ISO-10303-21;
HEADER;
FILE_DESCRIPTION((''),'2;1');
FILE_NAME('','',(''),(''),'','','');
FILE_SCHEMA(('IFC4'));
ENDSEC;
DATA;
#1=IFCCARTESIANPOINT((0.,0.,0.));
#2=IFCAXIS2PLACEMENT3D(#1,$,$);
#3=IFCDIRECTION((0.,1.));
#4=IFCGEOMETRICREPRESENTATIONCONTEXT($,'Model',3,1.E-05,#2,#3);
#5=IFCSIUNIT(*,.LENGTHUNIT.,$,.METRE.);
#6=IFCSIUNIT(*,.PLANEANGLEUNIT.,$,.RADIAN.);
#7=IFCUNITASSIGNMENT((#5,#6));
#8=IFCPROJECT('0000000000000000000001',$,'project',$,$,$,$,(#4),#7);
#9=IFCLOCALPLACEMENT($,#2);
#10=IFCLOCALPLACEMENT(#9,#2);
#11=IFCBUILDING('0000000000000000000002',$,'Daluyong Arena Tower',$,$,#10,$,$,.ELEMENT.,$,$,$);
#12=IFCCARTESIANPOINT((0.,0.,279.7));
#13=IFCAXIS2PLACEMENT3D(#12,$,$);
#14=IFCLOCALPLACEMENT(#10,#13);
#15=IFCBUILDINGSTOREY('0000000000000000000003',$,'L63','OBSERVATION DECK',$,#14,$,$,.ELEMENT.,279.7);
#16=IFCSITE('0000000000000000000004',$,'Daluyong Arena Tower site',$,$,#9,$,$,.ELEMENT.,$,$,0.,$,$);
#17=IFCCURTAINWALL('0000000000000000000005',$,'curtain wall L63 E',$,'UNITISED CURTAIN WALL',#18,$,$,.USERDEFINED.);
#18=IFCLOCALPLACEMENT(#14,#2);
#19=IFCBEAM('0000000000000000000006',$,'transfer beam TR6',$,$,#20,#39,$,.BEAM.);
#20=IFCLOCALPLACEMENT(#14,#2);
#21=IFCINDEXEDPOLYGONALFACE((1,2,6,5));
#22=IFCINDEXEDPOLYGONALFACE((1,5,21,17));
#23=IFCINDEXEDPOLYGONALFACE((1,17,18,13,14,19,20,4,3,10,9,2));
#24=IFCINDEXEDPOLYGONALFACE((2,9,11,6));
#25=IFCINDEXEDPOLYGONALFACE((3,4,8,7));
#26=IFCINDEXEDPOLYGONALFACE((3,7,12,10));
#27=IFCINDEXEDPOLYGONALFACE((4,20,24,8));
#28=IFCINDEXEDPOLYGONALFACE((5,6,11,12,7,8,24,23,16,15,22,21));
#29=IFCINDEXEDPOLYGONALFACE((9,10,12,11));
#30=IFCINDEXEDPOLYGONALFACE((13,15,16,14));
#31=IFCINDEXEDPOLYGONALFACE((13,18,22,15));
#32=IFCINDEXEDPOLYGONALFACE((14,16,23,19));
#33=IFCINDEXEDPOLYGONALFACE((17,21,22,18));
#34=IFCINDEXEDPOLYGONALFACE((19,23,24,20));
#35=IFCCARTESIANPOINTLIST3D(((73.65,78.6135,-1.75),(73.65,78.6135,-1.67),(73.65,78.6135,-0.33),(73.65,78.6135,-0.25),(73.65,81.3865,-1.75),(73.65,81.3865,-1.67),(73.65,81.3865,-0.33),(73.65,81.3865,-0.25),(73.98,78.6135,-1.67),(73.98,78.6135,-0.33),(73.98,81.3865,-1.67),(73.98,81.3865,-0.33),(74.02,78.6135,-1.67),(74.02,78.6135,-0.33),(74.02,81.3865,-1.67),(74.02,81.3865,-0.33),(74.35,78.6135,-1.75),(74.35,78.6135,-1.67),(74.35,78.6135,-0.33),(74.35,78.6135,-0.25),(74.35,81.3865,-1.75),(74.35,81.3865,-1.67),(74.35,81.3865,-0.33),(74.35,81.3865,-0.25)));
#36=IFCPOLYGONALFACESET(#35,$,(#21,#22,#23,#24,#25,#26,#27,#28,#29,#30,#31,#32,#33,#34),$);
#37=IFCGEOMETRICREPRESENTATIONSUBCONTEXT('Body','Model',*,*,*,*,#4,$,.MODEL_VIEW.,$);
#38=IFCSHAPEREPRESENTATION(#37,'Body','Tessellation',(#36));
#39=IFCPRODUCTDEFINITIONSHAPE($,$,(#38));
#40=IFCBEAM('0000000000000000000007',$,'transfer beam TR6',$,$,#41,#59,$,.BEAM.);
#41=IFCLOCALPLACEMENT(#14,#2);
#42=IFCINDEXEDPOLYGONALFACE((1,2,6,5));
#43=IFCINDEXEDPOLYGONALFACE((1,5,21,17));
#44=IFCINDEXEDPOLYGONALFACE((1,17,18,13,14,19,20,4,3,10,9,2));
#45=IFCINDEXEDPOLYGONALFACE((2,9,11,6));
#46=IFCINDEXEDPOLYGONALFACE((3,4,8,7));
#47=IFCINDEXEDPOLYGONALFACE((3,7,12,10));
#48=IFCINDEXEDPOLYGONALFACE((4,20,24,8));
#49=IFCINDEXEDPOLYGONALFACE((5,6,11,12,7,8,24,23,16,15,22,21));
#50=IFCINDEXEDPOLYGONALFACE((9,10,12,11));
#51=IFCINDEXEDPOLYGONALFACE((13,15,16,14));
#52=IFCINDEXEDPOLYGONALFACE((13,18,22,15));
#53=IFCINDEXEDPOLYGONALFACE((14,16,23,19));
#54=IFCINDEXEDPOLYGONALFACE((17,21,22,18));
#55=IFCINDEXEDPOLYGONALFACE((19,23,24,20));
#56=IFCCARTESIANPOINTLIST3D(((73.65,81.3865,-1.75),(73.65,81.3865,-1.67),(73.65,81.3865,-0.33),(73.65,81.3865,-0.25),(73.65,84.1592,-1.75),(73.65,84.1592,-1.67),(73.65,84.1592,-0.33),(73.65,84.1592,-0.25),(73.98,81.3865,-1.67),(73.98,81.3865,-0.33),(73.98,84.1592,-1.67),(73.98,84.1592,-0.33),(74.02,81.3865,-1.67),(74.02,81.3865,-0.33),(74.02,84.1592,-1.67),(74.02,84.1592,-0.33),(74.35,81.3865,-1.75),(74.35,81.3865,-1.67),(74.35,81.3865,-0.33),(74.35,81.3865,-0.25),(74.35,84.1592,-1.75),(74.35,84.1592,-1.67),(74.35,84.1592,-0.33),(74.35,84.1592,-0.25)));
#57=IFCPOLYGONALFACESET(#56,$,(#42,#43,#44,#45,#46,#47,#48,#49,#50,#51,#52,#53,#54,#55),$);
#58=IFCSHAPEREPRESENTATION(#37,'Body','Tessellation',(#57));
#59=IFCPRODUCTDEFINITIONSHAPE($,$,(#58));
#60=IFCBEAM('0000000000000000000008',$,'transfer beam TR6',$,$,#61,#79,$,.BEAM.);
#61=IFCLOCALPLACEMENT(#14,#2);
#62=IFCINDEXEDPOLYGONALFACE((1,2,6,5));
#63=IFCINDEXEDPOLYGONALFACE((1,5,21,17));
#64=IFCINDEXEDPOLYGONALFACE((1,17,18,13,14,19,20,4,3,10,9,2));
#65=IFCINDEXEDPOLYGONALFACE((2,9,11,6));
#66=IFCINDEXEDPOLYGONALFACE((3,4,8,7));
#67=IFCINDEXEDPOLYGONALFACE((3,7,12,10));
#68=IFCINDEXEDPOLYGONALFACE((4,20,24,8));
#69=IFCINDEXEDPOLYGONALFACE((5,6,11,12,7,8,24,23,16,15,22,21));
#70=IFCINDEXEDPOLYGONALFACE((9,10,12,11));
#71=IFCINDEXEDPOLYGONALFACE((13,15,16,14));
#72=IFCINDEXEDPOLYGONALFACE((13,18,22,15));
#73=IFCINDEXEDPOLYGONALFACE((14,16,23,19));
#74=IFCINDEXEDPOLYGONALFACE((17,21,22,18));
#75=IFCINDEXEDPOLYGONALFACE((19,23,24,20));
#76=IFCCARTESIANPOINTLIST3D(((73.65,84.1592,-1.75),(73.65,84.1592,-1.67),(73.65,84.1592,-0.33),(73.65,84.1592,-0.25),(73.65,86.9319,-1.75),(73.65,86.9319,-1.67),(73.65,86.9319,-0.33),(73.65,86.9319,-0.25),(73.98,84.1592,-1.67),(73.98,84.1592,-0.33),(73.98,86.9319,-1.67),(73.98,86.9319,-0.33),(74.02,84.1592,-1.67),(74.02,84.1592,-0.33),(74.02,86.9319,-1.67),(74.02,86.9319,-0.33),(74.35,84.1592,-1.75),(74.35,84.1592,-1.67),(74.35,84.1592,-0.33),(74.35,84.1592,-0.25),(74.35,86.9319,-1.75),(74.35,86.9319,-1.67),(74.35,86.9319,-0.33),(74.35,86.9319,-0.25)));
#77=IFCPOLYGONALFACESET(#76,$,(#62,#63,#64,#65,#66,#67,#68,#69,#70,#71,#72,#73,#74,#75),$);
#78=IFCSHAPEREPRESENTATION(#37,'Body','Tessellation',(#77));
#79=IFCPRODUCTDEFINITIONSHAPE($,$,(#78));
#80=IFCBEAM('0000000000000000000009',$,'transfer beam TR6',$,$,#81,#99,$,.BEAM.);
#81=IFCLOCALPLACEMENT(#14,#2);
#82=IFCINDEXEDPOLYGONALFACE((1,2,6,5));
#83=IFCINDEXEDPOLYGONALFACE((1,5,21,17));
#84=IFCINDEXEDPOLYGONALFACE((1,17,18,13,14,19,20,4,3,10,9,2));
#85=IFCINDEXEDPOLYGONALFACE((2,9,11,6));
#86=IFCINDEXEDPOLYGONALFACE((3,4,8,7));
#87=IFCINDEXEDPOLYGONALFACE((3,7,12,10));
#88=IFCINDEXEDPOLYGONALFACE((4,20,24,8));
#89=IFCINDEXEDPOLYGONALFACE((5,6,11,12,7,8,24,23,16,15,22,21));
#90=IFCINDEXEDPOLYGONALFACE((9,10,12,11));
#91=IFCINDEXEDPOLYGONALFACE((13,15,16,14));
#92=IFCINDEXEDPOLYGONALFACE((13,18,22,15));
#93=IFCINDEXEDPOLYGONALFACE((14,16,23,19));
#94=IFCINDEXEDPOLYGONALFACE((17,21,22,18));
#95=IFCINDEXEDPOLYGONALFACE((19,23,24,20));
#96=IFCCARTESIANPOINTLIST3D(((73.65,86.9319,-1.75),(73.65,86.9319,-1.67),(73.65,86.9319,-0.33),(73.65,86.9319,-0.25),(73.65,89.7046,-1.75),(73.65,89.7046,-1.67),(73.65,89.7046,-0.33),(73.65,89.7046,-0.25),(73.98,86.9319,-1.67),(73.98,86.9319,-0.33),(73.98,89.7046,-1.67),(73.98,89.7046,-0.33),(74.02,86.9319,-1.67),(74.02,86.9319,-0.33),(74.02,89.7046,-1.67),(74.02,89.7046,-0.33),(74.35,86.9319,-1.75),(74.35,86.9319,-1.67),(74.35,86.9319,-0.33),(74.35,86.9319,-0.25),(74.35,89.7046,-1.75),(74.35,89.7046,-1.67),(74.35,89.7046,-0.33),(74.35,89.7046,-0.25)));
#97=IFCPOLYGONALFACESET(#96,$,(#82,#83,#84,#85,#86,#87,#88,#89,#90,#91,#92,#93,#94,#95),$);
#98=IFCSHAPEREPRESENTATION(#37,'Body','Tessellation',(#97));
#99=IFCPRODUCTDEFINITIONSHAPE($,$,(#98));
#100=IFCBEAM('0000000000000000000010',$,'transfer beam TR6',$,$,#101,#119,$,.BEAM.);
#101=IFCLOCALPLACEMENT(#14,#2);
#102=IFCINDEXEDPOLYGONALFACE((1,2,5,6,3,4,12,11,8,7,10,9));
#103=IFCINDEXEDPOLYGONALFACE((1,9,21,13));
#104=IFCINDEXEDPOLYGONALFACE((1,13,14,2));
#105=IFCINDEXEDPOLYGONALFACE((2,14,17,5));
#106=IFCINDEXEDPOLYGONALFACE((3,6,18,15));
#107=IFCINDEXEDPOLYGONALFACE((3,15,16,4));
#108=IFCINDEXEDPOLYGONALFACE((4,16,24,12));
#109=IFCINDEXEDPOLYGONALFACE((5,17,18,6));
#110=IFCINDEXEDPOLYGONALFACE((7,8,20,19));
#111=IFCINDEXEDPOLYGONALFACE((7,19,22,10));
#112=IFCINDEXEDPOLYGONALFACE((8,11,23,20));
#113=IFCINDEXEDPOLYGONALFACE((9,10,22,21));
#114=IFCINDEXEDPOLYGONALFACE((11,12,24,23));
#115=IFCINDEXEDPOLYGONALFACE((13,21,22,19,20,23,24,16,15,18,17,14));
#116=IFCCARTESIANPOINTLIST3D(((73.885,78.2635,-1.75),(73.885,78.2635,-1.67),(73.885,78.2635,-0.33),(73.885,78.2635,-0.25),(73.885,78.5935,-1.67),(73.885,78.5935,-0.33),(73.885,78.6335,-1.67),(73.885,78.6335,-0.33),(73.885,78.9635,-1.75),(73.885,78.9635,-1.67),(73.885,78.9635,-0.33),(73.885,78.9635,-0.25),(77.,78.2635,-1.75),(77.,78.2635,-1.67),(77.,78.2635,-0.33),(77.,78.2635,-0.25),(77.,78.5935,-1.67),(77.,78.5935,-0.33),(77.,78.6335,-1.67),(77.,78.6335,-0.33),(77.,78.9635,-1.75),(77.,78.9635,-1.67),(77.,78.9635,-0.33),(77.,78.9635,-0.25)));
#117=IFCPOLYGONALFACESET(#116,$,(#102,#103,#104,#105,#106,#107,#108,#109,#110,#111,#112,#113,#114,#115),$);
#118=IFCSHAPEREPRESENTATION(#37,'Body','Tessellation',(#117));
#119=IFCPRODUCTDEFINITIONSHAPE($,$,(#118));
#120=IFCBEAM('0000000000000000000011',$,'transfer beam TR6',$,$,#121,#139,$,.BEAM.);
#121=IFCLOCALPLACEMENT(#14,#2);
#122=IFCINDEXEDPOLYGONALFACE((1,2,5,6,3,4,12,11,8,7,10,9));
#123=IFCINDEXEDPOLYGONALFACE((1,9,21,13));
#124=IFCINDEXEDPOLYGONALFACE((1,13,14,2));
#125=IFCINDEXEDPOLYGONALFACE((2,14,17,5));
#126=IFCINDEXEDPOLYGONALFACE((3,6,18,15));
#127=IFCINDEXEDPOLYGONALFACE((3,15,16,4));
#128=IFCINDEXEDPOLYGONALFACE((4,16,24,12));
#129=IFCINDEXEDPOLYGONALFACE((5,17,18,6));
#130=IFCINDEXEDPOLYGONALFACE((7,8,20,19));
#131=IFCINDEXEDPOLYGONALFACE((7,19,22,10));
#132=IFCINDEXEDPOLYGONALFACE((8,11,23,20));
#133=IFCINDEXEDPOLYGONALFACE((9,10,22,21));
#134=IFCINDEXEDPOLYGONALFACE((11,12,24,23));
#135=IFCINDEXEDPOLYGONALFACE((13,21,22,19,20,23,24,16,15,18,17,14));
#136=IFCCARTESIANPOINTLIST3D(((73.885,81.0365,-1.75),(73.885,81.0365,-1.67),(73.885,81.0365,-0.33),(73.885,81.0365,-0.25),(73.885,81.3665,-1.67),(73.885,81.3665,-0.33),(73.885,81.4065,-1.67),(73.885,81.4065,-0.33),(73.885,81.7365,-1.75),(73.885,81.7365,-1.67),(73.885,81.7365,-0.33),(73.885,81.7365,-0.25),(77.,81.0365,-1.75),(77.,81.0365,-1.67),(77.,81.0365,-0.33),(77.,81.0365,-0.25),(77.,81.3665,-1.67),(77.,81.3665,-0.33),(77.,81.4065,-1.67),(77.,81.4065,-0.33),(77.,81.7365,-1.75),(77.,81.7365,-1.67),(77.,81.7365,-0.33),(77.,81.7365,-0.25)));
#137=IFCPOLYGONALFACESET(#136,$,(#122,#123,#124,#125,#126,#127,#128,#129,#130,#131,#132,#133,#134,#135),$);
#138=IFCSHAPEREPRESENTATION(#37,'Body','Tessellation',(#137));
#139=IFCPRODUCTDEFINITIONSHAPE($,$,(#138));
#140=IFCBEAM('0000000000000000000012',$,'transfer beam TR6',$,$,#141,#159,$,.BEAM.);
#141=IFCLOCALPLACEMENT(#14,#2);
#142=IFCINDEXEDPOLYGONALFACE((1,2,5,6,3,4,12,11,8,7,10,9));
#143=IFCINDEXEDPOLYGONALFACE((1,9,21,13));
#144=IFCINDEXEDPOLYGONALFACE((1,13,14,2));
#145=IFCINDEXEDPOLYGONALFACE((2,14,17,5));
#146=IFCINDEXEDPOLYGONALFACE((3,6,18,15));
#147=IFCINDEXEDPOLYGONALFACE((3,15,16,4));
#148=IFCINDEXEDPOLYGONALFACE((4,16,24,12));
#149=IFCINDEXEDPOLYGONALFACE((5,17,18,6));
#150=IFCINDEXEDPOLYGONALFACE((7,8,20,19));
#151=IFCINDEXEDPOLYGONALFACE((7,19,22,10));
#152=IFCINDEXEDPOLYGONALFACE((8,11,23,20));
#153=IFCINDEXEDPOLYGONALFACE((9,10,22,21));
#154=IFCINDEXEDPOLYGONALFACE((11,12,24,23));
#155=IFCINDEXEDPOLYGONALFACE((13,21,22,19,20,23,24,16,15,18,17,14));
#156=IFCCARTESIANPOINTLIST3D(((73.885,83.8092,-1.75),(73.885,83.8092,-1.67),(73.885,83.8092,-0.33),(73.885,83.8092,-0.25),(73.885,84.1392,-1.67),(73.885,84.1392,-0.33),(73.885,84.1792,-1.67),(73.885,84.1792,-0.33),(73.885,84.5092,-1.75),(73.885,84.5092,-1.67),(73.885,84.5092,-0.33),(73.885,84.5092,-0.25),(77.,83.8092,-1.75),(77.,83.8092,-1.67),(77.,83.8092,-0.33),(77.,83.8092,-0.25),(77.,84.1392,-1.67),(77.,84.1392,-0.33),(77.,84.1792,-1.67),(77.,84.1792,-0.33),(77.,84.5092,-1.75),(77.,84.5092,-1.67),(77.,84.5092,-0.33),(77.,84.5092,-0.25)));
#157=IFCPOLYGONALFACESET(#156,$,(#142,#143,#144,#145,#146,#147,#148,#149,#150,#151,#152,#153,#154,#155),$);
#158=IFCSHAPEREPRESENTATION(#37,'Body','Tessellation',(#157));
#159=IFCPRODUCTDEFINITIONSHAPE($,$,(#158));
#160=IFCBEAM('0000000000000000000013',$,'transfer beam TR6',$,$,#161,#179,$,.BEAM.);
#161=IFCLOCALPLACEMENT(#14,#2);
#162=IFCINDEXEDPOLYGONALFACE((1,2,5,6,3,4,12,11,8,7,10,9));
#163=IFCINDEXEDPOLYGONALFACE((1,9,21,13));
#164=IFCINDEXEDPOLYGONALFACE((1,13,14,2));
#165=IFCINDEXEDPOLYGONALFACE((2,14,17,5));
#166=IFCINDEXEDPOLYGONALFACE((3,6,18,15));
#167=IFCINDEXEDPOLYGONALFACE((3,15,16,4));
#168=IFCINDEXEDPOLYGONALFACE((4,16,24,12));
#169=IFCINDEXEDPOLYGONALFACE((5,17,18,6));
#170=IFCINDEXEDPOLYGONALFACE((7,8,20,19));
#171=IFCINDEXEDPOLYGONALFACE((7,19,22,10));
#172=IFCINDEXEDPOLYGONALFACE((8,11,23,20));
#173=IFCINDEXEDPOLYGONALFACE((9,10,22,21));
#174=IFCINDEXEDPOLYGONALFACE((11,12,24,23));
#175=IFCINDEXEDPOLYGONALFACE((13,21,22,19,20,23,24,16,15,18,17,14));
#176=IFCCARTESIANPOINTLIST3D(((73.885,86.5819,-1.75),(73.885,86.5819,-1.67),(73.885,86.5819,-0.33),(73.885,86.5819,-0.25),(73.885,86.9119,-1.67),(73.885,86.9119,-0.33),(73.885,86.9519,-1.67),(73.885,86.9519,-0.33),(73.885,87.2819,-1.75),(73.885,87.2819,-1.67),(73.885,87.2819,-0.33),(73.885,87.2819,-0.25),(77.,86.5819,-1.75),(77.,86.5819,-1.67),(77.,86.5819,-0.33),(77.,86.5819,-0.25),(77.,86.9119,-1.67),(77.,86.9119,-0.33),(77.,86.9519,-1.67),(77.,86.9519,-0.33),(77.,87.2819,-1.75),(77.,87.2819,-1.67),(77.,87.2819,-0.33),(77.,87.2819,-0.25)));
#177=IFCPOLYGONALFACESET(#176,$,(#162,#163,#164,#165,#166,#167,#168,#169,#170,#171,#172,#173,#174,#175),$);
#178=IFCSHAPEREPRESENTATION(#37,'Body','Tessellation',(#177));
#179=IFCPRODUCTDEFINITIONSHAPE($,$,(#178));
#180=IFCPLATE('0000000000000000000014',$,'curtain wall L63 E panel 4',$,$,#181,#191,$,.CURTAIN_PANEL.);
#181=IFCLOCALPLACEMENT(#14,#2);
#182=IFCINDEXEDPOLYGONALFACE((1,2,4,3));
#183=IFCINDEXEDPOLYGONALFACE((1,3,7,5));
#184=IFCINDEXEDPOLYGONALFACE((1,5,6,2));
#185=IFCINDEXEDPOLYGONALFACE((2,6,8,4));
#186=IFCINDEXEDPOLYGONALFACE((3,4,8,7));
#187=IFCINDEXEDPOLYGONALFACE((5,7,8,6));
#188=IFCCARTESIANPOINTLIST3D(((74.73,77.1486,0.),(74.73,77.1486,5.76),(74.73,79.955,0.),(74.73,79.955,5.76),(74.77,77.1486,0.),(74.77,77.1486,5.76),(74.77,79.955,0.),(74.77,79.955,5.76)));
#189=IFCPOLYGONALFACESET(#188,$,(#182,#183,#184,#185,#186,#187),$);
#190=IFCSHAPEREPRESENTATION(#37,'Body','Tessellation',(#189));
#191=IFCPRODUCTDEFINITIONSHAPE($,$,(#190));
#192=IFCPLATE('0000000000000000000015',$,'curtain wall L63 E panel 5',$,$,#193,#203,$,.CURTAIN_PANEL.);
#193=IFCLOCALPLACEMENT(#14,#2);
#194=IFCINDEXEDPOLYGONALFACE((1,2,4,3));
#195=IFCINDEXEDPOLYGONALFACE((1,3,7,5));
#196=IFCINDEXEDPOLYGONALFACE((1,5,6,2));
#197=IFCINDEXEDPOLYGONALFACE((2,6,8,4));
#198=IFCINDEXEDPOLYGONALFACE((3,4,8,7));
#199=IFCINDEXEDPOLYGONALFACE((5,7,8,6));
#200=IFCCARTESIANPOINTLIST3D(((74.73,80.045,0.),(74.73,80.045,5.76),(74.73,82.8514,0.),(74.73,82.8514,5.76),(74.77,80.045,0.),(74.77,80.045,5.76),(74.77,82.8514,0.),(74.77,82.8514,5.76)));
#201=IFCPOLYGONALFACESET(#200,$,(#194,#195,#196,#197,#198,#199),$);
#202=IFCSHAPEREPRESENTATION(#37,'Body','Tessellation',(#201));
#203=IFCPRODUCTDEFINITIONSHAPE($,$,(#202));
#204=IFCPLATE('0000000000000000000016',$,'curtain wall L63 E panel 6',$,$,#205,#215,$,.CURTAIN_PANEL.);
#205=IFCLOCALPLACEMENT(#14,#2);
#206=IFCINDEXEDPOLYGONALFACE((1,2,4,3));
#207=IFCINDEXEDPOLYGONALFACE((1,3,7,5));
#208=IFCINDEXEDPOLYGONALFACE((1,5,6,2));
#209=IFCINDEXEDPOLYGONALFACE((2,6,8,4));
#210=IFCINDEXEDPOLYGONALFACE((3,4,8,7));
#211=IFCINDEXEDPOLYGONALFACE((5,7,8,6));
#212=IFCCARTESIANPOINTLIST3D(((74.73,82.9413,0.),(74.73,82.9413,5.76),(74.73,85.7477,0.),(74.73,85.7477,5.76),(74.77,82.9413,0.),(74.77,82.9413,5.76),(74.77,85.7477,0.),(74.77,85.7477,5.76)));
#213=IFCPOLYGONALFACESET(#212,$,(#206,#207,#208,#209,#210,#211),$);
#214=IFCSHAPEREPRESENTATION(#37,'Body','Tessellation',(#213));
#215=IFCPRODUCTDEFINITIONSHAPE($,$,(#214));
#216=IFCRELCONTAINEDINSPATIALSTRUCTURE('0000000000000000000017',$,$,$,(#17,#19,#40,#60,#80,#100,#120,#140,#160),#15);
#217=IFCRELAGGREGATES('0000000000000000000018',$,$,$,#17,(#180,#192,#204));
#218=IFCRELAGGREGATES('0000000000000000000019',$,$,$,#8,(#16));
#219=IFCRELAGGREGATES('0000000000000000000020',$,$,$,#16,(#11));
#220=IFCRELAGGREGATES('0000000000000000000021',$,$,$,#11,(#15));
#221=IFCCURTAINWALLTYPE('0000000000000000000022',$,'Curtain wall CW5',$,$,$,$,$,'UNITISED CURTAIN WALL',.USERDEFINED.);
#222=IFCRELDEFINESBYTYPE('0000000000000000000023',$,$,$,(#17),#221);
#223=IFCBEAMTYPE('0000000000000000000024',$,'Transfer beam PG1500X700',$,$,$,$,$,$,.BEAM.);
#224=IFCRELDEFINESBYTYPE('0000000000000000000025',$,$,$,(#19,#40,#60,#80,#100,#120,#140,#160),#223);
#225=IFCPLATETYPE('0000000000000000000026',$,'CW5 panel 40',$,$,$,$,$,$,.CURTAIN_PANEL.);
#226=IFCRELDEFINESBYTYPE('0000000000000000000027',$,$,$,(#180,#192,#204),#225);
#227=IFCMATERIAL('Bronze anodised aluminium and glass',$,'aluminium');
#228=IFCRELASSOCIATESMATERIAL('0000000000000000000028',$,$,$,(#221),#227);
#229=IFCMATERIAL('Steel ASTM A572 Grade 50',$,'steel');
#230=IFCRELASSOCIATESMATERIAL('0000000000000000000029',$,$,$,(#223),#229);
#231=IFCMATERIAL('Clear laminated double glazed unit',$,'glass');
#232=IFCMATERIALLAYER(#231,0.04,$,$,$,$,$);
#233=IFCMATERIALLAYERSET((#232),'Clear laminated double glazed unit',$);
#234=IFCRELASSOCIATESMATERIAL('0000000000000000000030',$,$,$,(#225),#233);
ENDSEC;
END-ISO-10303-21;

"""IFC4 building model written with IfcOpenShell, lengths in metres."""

from ifc_helpers import new_model, si_unit, direction, frame, origin, origin_2d, place, context, subcontext, project, spatial, rectangle, i_section, extrude, material, layer, layer_set, material_profile, profile_set, type_object, element, aggregate, save


model = new_model("IFC4")

# Units and contexts
model_context = context("Model", 3, precision=1e-05, world=origin(), true_north=direction((0.0, 1.0)))
body_context = subcontext(model_context, "Body", "Model", "MODEL_VIEW")
ifc_project = project(units=[si_unit("LENGTHUNIT", "METRE"), si_unit("PLANEANGLEUNIT", "RADIAN")], contexts=[model_context])

# Site, building, storey
site_placement = place(None, origin())
site = spatial("IfcSite", under=ifc_project, at=site_placement, Name="Daluyong Arena Tower site", CompositionType="ELEMENT", RefElevation=0.0)
building_placement = place(site_placement, origin())
building = spatial("IfcBuilding", under=site, at=building_placement, Name="Daluyong Arena Tower", CompositionType="ELEMENT")
storey_placement = place(building_placement, frame((0.0, 0.0, 279.7)))
storey = spatial("IfcBuildingStorey", under=building, at=storey_placement, Name="L63", Description="OBSERVATION DECK", CompositionType="ELEMENT", Elevation=279.7)

# Curtain wall
ifc_material_1 = material(Name="Bronze anodised aluminium and glass", Category="aluminium")
curtain_wall_type = type_object("IfcCurtainWallType", Name="Curtain wall CW5", ElementType="UNITISED CURTAIN WALL", PredefinedType="USERDEFINED", material=ifc_material_1)
curtain_wall_placement = place(storey_placement, origin())
curtain_wall = element("IfcCurtainWall", 1, at=curtain_wall_placement, inside=storey, type_object=curtain_wall_type, Name="curtain wall L63 E", ObjectType="UNITISED CURTAIN WALL", PredefinedType="USERDEFINED")

# Beams
ifc_material_2 = material(Name="Steel ASTM A572 Grade 50", Category="steel")
ifc_material_profile_1 = material_profile(ifc_material_2, i_section(OverallWidth=0.7, OverallDepth=1.5, WebThickness=0.04, FlangeThickness=0.08, at=origin_2d()))
ifc_profile_set_1 = profile_set([ifc_material_profile_1], Name="Steel ASTM A572 Grade 50")
beam_type_1 = type_object("IfcBeamType", Name="Transfer beam PG1500X700", PredefinedType="BEAM", material=ifc_profile_set_1)
beam_1_placement = place(storey_placement, frame((74.0, 78.6135, -1.0), z_axis=(0.0, 1.0, 0.0), x_axis=(-1.0, 0.0, 0.0)))
element("IfcBeam", 2, at=beam_1_placement, inside=storey, type_object=beam_type_1, Name="transfer beam TR6", PredefinedType="BEAM", context=body_context, shape_type="SweptSolid", body=[
    extrude(i_section(OverallWidth=0.7, OverallDepth=1.5, WebThickness=0.04, FlangeThickness=0.08, at=origin_2d()), origin(), (0.0, 0.0, 1.0), 2.7729),
])
for number, where, z_axis, x_axis, name in (
    (3, (74.0, 81.3865, -1.0), (0.0, 1.0, 0.0), (-1.0, 0.0, 0.0), "transfer beam TR6"),
    (4, (74.0, 84.1592, -1.0), (0.0, 1.0, 0.0), (-1.0, 0.0, 0.0), "transfer beam TR6"),
    (5, (74.0, 86.9319, -1.0), (0.0, 1.0, 0.0), (-1.0, 0.0, 0.0), "transfer beam TR6"),
):
    element("IfcBeam", number, at=place(storey_placement, frame(where, z_axis=z_axis, x_axis=x_axis)), inside=storey, type_object=beam_type_1, Name=name, PredefinedType="BEAM", context=body_context, shape_type="SweptSolid", body=[
        extrude(i_section(OverallWidth=0.7, OverallDepth=1.5, WebThickness=0.04, FlangeThickness=0.08, at=origin_2d()), origin(), (0.0, 0.0, 1.0), 2.7727),
    ])
for number, where, z_axis, x_axis, name in (
    (6, (77.0, 78.6135, -1.0), (-1.0, 0.0, 0.0), (0.0, -1.0, 0.0), "transfer beam TR6"),
    (7, (77.0, 81.3865, -1.0), (-1.0, 0.0, 0.0), (0.0, -1.0, 0.0), "transfer beam TR6"),
    (8, (77.0, 84.1592, -1.0), (-1.0, 0.0, 0.0), (0.0, -1.0, 0.0), "transfer beam TR6"),
    (9, (77.0, 86.9319, -1.0), (-1.0, 0.0, 0.0), (0.0, -1.0, 0.0), "transfer beam TR6"),
):
    element("IfcBeam", number, at=place(storey_placement, frame(where, z_axis=z_axis, x_axis=x_axis)), inside=storey, type_object=beam_type_1, Name=name, PredefinedType="BEAM", context=body_context, shape_type="SweptSolid", body=[
        extrude(i_section(OverallWidth=0.7, OverallDepth=1.5, WebThickness=0.04, FlangeThickness=0.08, at=origin_2d()), origin(), (0.0, 0.0, 1.0), 3.115),
    ])

# Plates
ifc_material_3 = material(Name="Clear laminated double glazed unit", Category="glass")
ifc_layer_1 = layer(ifc_material_3, 0.04)
ifc_layer_set_1 = layer_set([ifc_layer_1], Name="Clear laminated double glazed unit")
plate_type = type_object("IfcPlateType", Name="CW5 panel 40", PredefinedType="CURTAIN_PANEL", material=ifc_layer_set_1)
plate_1_placement = place(storey_placement, frame((74.75, 78.5518, 0.0), z_axis=(0.0, 0.0, 1.0), x_axis=(0.0, 1.0, 0.0)))
plate_1 = element("IfcPlate", 10, at=plate_1_placement, type_object=plate_type, Name="curtain wall L63 E panel 4", PredefinedType="CURTAIN_PANEL", context=body_context, shape_type="SweptSolid", body=[
    extrude(rectangle(XDim=2.8064, YDim=0.04, at=origin_2d()), origin(), (0.0, 0.0, 1.0), 5.76),
])
plate_2_placement = place(storey_placement, frame((74.75, 81.4482, 0.0), z_axis=(0.0, 0.0, 1.0), x_axis=(0.0, 1.0, 0.0)))
plate_2 = element("IfcPlate", 11, at=plate_2_placement, type_object=plate_type, Name="curtain wall L63 E panel 5", PredefinedType="CURTAIN_PANEL", context=body_context, shape_type="SweptSolid", body=[
    extrude(rectangle(XDim=2.8064, YDim=0.04, at=origin_2d()), origin(), (0.0, 0.0, 1.0), 5.76),
])
plate_3_placement = place(storey_placement, frame((74.75, 84.3445, 0.0), z_axis=(0.0, 0.0, 1.0), x_axis=(0.0, 1.0, 0.0)))
plate_3 = element("IfcPlate", 12, at=plate_3_placement, type_object=plate_type, Name="curtain wall L63 E panel 6", PredefinedType="CURTAIN_PANEL", context=body_context, shape_type="SweptSolid", body=[
    extrude(rectangle(XDim=2.8064, YDim=0.04, at=origin_2d()), origin(), (0.0, 0.0, 1.0), 5.76),
])
aggregate(curtain_wall, [plate_1, plate_2, plate_3])

save(model, "model.ifc")
